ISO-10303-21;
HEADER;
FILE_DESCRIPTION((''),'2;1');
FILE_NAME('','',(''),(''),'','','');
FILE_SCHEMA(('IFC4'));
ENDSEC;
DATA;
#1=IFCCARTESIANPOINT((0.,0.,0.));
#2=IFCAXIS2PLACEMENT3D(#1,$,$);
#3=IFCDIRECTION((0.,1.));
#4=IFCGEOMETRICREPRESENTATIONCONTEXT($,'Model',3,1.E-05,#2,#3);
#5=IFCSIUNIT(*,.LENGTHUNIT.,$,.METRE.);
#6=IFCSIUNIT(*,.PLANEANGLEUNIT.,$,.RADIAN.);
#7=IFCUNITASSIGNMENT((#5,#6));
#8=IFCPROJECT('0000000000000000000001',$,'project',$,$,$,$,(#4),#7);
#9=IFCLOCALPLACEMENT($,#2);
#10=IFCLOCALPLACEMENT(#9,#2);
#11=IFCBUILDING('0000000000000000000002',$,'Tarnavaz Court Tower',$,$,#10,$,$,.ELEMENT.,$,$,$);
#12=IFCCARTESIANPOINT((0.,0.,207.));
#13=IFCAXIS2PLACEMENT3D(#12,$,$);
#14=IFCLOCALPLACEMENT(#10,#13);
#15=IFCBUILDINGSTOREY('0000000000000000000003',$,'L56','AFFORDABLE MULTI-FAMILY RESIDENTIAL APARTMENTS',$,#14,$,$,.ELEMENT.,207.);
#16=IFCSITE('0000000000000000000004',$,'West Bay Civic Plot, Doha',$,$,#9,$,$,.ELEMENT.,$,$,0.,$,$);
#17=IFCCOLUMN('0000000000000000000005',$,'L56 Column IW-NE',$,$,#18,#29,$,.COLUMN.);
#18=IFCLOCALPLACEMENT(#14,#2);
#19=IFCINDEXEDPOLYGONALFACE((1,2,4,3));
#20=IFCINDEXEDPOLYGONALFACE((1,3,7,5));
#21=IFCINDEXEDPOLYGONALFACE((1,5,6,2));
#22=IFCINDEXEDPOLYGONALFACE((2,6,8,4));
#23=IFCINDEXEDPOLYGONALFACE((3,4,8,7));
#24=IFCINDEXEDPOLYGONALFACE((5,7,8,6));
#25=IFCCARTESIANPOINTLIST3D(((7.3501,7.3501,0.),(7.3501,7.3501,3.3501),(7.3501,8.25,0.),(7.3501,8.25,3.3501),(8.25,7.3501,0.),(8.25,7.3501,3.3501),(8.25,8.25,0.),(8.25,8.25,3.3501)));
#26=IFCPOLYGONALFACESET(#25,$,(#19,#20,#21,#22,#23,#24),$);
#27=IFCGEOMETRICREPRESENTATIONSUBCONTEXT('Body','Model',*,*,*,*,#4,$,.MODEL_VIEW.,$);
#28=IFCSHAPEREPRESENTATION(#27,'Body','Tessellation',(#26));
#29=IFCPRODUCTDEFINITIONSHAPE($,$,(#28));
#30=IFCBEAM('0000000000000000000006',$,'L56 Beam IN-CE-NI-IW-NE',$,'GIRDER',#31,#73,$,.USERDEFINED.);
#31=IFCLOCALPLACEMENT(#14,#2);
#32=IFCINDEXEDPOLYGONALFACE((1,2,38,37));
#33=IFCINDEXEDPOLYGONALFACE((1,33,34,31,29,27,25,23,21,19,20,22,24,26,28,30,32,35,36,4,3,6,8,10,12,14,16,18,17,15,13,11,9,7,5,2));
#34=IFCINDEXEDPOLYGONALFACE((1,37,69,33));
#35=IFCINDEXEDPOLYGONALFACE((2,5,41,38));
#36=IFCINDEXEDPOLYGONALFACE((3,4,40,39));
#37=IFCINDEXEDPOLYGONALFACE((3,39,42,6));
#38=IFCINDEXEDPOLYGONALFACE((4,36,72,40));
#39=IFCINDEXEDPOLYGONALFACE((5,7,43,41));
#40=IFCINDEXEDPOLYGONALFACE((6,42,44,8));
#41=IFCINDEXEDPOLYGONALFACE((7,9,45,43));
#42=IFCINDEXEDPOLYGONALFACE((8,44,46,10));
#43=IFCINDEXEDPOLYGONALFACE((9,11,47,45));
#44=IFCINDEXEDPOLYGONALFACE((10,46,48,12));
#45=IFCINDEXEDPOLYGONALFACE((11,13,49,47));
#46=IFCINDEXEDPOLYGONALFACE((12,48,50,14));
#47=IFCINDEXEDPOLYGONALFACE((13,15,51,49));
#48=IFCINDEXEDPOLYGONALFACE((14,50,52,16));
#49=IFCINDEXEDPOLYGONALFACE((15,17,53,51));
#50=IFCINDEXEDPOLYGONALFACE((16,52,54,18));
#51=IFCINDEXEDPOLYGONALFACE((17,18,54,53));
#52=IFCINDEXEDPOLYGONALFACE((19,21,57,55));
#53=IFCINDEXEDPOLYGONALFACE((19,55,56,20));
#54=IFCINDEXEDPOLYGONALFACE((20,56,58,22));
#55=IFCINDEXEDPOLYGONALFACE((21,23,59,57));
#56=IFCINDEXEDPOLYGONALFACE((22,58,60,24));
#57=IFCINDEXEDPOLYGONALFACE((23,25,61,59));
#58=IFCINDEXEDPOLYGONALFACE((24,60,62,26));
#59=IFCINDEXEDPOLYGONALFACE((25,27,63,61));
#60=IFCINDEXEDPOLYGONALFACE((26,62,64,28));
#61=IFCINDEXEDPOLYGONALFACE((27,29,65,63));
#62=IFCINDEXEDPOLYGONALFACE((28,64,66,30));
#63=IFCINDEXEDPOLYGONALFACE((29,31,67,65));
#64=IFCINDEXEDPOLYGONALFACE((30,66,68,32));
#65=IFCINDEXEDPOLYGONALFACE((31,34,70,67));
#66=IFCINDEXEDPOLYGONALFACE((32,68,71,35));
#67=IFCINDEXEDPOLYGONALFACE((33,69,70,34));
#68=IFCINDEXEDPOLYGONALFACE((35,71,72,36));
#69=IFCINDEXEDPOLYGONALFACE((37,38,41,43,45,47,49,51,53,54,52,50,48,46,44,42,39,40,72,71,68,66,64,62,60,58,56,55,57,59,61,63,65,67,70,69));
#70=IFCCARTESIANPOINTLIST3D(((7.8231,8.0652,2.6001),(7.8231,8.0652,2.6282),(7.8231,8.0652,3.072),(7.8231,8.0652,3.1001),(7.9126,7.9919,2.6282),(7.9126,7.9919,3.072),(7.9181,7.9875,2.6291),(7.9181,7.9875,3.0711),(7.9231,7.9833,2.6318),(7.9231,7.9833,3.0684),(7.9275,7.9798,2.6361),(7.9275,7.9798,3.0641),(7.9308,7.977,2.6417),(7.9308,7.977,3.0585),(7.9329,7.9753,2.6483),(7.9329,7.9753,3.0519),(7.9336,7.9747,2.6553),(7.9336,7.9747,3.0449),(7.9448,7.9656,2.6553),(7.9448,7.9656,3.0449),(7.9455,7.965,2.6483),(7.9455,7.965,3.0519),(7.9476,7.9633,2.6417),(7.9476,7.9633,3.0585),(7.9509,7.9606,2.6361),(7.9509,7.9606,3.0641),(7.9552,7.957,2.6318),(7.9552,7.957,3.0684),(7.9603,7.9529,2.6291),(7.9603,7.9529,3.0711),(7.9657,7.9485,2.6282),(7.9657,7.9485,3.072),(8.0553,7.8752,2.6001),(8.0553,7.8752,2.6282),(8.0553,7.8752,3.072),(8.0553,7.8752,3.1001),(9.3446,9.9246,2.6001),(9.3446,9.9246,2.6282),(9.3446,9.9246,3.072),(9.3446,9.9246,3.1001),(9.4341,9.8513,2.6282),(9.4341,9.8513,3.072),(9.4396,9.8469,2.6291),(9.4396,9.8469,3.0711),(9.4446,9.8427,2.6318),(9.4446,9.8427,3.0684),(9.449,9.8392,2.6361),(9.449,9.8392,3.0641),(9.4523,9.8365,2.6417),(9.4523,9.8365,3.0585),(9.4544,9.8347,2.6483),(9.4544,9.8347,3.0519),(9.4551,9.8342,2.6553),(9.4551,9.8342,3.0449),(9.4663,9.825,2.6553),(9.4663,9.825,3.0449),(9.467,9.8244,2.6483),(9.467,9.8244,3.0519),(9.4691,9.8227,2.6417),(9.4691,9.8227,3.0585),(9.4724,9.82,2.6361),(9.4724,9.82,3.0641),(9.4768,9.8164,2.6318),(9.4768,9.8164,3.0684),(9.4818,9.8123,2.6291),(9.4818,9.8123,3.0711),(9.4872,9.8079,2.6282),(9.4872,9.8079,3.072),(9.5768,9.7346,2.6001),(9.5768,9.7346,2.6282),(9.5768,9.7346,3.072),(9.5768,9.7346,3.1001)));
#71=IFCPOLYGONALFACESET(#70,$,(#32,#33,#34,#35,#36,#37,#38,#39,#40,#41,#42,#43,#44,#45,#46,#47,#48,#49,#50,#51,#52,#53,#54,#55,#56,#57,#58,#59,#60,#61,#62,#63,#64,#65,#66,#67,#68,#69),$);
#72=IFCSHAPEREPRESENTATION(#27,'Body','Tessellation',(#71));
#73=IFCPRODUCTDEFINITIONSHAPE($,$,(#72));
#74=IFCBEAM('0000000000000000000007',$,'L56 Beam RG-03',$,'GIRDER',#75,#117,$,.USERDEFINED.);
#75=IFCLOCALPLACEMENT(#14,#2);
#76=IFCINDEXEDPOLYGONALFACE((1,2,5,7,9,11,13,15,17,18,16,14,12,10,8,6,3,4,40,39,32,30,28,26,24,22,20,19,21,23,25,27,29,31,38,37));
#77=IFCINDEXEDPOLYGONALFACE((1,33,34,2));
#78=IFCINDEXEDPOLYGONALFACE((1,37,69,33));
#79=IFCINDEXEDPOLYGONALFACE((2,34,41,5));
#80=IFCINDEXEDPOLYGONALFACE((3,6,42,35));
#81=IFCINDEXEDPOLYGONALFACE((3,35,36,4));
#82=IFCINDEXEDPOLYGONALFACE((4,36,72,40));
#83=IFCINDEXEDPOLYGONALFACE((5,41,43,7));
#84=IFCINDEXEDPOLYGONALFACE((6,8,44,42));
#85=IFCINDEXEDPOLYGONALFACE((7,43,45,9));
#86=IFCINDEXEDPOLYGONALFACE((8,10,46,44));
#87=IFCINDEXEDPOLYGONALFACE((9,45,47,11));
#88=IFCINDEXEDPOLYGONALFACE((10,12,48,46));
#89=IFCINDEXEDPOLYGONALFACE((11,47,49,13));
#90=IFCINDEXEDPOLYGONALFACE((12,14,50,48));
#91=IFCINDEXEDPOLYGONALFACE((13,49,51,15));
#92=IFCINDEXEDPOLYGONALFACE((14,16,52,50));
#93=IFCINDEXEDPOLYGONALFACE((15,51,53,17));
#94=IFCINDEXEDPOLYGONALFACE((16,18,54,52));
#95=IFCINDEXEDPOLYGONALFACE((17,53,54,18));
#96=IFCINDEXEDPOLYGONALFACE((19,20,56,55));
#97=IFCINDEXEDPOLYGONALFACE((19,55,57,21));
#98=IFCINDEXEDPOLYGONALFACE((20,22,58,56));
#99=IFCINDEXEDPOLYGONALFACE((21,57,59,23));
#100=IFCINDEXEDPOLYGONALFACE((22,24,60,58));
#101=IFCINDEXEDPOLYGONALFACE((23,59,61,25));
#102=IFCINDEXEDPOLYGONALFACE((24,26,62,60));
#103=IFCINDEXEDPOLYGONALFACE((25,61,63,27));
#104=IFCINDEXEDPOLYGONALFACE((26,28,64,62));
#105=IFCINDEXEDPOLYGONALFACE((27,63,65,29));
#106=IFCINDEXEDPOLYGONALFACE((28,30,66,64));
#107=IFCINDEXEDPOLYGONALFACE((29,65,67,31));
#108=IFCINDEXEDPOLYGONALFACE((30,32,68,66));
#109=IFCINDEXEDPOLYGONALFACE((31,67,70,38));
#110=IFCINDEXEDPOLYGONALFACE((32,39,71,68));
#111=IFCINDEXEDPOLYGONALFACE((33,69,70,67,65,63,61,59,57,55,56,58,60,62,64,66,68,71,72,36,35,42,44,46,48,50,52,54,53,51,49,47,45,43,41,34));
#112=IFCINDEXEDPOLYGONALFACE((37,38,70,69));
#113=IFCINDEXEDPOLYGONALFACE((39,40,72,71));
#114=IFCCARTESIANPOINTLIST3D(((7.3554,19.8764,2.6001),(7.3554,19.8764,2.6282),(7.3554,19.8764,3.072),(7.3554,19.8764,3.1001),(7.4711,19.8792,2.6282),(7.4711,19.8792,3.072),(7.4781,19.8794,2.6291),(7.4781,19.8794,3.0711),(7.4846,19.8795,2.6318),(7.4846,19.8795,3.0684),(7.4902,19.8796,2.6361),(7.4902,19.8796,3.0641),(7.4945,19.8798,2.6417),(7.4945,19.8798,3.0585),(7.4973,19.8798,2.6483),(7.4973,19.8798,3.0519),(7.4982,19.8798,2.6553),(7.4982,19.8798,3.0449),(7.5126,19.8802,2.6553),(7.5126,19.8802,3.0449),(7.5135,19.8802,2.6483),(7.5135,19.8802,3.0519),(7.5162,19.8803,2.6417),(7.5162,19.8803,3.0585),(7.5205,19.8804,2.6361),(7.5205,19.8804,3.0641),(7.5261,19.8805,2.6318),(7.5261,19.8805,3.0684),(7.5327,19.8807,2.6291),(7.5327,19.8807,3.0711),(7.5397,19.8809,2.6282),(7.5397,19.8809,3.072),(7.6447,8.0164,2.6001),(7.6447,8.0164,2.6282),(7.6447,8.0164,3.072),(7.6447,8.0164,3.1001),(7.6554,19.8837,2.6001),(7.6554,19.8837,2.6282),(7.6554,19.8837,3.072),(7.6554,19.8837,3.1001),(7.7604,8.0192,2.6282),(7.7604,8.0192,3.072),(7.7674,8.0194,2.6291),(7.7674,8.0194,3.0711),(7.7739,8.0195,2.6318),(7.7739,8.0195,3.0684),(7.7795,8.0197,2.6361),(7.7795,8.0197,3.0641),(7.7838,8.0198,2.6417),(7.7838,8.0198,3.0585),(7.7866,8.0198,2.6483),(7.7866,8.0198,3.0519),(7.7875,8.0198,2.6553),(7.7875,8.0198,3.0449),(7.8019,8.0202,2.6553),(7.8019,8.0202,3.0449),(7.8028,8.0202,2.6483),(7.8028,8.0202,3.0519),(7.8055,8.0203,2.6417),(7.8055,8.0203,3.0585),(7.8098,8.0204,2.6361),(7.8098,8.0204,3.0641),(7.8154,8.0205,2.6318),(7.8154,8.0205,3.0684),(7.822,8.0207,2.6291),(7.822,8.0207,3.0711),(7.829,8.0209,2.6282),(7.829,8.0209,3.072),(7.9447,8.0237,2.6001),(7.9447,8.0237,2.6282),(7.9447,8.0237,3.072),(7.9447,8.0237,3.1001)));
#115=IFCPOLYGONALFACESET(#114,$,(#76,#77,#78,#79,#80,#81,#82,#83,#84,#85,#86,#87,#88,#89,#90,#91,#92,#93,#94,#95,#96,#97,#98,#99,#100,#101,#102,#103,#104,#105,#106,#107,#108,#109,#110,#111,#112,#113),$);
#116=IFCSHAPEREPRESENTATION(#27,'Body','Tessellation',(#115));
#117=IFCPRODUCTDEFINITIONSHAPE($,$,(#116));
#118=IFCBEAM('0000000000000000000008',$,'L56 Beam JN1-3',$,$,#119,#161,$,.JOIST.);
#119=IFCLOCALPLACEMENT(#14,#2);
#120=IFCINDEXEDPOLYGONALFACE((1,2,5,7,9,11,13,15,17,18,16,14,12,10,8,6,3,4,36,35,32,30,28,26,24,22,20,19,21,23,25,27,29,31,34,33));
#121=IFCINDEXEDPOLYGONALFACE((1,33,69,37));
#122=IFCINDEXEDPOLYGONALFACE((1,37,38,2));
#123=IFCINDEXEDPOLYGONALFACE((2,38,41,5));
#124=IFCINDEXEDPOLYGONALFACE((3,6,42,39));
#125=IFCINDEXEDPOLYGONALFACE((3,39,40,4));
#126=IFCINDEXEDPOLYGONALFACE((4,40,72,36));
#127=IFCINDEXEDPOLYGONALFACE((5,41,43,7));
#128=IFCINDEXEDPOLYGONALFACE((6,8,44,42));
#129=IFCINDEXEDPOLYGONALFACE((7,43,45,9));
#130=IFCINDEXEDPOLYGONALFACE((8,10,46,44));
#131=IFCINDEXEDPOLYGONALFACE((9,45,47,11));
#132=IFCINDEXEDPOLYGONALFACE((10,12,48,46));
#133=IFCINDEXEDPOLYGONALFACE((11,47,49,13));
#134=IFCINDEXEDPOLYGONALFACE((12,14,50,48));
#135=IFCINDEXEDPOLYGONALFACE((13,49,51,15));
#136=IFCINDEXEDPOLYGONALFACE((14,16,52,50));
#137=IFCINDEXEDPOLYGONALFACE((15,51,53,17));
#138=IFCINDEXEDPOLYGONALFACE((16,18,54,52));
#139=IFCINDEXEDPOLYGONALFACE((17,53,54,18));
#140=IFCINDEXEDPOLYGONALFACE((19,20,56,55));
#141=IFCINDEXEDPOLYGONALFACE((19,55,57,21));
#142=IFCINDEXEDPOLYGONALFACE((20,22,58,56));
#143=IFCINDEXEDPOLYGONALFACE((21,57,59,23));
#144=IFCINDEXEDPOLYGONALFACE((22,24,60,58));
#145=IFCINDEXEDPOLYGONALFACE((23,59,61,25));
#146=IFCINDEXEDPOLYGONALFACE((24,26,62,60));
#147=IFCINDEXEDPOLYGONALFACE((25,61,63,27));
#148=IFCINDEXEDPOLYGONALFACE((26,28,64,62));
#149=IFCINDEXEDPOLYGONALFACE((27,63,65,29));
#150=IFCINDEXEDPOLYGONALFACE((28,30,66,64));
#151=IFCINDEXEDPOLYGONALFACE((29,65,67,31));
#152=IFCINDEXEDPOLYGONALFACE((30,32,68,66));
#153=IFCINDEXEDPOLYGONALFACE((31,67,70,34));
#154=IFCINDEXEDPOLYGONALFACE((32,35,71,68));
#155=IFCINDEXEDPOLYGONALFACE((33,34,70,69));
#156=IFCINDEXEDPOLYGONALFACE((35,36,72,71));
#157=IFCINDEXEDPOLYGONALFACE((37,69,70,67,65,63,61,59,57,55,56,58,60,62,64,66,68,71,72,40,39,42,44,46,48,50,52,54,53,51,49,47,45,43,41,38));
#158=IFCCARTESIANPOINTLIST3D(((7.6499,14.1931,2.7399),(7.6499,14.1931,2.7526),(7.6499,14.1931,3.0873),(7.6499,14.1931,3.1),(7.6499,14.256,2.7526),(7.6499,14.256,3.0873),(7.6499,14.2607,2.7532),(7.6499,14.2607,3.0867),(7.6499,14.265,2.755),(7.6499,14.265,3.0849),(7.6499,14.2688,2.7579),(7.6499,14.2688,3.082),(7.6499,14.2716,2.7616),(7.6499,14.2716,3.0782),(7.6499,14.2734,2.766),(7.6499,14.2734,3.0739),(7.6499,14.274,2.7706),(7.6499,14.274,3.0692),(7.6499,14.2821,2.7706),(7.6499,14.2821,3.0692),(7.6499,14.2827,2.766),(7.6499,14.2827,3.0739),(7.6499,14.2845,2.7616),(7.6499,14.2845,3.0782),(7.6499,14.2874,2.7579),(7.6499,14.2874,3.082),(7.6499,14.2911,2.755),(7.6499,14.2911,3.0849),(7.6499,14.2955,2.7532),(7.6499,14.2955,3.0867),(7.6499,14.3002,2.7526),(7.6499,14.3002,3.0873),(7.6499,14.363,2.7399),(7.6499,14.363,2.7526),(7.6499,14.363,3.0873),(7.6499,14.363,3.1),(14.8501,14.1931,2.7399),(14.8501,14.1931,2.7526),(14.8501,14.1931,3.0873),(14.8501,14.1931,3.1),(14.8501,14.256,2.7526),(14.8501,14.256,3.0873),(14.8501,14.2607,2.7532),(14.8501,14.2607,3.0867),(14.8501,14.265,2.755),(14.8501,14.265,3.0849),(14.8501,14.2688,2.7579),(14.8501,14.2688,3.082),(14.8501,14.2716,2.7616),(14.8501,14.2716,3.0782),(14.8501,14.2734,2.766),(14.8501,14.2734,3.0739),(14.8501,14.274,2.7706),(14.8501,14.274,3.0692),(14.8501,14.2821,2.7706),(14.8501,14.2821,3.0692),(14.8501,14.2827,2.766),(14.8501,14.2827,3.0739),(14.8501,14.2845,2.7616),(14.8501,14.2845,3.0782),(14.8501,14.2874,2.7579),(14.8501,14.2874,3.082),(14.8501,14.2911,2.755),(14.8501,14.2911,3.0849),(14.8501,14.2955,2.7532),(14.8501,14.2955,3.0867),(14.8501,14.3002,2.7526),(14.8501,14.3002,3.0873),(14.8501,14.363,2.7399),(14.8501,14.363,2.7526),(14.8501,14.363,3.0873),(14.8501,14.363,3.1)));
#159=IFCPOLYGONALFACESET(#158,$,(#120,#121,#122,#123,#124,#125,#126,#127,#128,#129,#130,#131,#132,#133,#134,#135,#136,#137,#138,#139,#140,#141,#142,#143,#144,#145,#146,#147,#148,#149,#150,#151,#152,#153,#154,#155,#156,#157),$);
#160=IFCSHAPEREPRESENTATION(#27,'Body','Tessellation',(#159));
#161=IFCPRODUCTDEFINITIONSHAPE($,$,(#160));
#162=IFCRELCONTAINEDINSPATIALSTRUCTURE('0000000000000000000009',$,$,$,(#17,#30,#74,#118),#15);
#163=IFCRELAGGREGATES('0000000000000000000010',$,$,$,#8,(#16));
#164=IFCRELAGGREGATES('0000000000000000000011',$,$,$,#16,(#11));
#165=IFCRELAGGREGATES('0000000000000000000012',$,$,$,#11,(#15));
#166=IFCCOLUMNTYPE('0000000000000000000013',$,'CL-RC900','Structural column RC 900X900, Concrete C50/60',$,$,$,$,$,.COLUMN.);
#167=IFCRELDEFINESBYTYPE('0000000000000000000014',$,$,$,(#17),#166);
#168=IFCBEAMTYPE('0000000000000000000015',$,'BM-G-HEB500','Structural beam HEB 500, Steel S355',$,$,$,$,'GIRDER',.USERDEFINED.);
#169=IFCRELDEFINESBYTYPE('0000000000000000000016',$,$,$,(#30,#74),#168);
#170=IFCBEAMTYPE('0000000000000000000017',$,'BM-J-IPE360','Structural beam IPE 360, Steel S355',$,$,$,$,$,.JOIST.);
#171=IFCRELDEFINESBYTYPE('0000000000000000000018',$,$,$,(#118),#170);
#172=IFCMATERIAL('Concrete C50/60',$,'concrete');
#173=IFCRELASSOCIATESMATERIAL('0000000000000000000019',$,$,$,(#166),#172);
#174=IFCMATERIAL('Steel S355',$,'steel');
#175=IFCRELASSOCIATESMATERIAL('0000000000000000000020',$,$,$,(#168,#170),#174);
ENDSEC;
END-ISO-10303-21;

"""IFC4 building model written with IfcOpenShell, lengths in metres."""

from ifc_helpers import new_model, si_unit, direction, frame, origin, origin_2d, place, context, subcontext, project, spatial, rectangle, i_section, extrude, material, material_profile, profile_set, type_object, element, save


model = new_model("IFC4")

# Units and contexts
model_context = context("Model", 3, precision=1e-05, world=origin(), true_north=direction((0.0, 1.0)))
body_context = subcontext(model_context, "Body", "Model", "MODEL_VIEW")
ifc_project = project(units=[si_unit("LENGTHUNIT", "METRE"), si_unit("PLANEANGLEUNIT", "RADIAN")], contexts=[model_context])

# Site, building, storey
site_placement = place(None, origin())
site = spatial("IfcSite", under=ifc_project, at=site_placement, Name="West Bay Civic Plot, Doha", CompositionType="ELEMENT", RefElevation=0.0)
building_placement = place(site_placement, origin())
building = spatial("IfcBuilding", under=site, at=building_placement, Name="Tarnavaz Court Tower", CompositionType="ELEMENT")
storey_placement = place(building_placement, frame((0.0, 0.0, 207.0)))
storey = spatial("IfcBuildingStorey", under=building, at=storey_placement, Name="L56", Description="AFFORDABLE MULTI-FAMILY RESIDENTIAL APARTMENTS", CompositionType="ELEMENT", Elevation=207.0)

# Column
ifc_material_1 = material(Name="Concrete C50/60", Category="concrete")
ifc_material_profile_1 = material_profile(ifc_material_1, rectangle(XDim=0.8999, YDim=0.8999, at=origin_2d()), Name="RC 900X900")
ifc_profile_set_1 = profile_set([ifc_material_profile_1], Name="Concrete C50/60")
column_type = type_object("IfcColumnType", Name="CL-RC900", Description="Structural column RC 900X900, Concrete C50/60", PredefinedType="COLUMN", material=ifc_profile_set_1)
column_placement = place(storey_placement, frame((7.8, 7.8, 0.0), z_axis=(0.0, 0.0, 1.0), x_axis=(1.0, 0.0, 0.0)))
element("IfcColumn", 1, at=column_placement, inside=storey, type_object=column_type, Name="L56 Column IW-NE", PredefinedType="COLUMN", context=body_context, shape_type="SweptSolid", body=[
    extrude(rectangle(XDim=0.8999, YDim=0.8999, at=origin_2d()), origin(), (0.0, 0.0, 1.0), 3.3501),
])

# Beams
ifc_material_2 = material(Name="Steel S355", Category="steel")
ifc_material_profile_2 = material_profile(ifc_material_2, i_section(OverallWidth=0.3, OverallDepth=0.5, WebThickness=0.0144, FlangeThickness=0.0281, FilletRadius=0.0271, at=origin_2d()), Name="HEB 500")
ifc_profile_set_2 = profile_set([ifc_material_profile_2], Name="Steel S355")
beam_type_1 = type_object("IfcBeamType", Name="BM-G-HEB500", Description="Structural beam HEB 500, Steel S355", ElementType="GIRDER", PredefinedType="USERDEFINED", material=ifc_profile_set_2)
beam_1_placement = place(storey_placement, frame((9.4607, 9.8296, 2.8501), z_axis=(-0.633282, -0.773921, 0.0), x_axis=(0.773921, -0.633282, 0.0)))
element("IfcBeam", 2, at=beam_1_placement, inside=storey, type_object=beam_type_1, Name="L56 Beam IN-CE-NI-IW-NE", ObjectType="GIRDER", PredefinedType="USERDEFINED", context=body_context, shape_type="SweptSolid", body=[
    extrude(i_section(OverallWidth=0.3, OverallDepth=0.5, WebThickness=0.0144, FlangeThickness=0.0281, FilletRadius=0.0271, at=origin_2d()), origin(), (0.0, 0.0, 1.0), 2.4026),
])
beam_2_placement = place(storey_placement, frame((7.7947, 8.02, 2.8501), z_axis=(-0.024386, 0.999703, 0.0), x_axis=(-0.999703, -0.024386, 0.0)))
element("IfcBeam", 3, at=beam_2_placement, inside=storey, type_object=beam_type_1, Name="L56 Beam RG-03", ObjectType="GIRDER", PredefinedType="USERDEFINED", context=body_context, shape_type="SweptSolid", body=[
    extrude(i_section(OverallWidth=0.3, OverallDepth=0.5, WebThickness=0.0144, FlangeThickness=0.0281, FilletRadius=0.0271, at=origin_2d()), origin(), (0.0, 0.0, 1.0), 11.8635),
])
ifc_material_profile_3 = material_profile(ifc_material_2, i_section(OverallWidth=0.1699, OverallDepth=0.3601, WebThickness=0.0081, FlangeThickness=0.0127, FilletRadius=0.0181, at=origin_2d()), Name="IPE 360")
ifc_profile_set_3 = profile_set([ifc_material_profile_3], Name="Steel S355")
beam_type_2 = type_object("IfcBeamType", Name="BM-J-IPE360", Description="Structural beam IPE 360, Steel S355", PredefinedType="JOIST", material=ifc_profile_set_3)
for number, where, z_axis, x_axis, name in (
    (4, (7.6499, 14.2781, 2.9199), (1.0, 0.0, 0.0), (0.0, 1.0, 0.0), "L56 Beam JN1-3"),
):
    element("IfcBeam", number, at=place(storey_placement, frame(where, z_axis=z_axis, x_axis=x_axis)), inside=storey, type_object=beam_type_2, Name=name, PredefinedType="JOIST", context=body_context, shape_type="SweptSolid", body=[
        extrude(i_section(OverallWidth=0.1699, OverallDepth=0.3601, WebThickness=0.0081, FlangeThickness=0.0127, FilletRadius=0.0181, at=origin_2d()), origin(), (0.0, 0.0, 1.0), 7.2002),
    ])

save(model, "model.ifc")
